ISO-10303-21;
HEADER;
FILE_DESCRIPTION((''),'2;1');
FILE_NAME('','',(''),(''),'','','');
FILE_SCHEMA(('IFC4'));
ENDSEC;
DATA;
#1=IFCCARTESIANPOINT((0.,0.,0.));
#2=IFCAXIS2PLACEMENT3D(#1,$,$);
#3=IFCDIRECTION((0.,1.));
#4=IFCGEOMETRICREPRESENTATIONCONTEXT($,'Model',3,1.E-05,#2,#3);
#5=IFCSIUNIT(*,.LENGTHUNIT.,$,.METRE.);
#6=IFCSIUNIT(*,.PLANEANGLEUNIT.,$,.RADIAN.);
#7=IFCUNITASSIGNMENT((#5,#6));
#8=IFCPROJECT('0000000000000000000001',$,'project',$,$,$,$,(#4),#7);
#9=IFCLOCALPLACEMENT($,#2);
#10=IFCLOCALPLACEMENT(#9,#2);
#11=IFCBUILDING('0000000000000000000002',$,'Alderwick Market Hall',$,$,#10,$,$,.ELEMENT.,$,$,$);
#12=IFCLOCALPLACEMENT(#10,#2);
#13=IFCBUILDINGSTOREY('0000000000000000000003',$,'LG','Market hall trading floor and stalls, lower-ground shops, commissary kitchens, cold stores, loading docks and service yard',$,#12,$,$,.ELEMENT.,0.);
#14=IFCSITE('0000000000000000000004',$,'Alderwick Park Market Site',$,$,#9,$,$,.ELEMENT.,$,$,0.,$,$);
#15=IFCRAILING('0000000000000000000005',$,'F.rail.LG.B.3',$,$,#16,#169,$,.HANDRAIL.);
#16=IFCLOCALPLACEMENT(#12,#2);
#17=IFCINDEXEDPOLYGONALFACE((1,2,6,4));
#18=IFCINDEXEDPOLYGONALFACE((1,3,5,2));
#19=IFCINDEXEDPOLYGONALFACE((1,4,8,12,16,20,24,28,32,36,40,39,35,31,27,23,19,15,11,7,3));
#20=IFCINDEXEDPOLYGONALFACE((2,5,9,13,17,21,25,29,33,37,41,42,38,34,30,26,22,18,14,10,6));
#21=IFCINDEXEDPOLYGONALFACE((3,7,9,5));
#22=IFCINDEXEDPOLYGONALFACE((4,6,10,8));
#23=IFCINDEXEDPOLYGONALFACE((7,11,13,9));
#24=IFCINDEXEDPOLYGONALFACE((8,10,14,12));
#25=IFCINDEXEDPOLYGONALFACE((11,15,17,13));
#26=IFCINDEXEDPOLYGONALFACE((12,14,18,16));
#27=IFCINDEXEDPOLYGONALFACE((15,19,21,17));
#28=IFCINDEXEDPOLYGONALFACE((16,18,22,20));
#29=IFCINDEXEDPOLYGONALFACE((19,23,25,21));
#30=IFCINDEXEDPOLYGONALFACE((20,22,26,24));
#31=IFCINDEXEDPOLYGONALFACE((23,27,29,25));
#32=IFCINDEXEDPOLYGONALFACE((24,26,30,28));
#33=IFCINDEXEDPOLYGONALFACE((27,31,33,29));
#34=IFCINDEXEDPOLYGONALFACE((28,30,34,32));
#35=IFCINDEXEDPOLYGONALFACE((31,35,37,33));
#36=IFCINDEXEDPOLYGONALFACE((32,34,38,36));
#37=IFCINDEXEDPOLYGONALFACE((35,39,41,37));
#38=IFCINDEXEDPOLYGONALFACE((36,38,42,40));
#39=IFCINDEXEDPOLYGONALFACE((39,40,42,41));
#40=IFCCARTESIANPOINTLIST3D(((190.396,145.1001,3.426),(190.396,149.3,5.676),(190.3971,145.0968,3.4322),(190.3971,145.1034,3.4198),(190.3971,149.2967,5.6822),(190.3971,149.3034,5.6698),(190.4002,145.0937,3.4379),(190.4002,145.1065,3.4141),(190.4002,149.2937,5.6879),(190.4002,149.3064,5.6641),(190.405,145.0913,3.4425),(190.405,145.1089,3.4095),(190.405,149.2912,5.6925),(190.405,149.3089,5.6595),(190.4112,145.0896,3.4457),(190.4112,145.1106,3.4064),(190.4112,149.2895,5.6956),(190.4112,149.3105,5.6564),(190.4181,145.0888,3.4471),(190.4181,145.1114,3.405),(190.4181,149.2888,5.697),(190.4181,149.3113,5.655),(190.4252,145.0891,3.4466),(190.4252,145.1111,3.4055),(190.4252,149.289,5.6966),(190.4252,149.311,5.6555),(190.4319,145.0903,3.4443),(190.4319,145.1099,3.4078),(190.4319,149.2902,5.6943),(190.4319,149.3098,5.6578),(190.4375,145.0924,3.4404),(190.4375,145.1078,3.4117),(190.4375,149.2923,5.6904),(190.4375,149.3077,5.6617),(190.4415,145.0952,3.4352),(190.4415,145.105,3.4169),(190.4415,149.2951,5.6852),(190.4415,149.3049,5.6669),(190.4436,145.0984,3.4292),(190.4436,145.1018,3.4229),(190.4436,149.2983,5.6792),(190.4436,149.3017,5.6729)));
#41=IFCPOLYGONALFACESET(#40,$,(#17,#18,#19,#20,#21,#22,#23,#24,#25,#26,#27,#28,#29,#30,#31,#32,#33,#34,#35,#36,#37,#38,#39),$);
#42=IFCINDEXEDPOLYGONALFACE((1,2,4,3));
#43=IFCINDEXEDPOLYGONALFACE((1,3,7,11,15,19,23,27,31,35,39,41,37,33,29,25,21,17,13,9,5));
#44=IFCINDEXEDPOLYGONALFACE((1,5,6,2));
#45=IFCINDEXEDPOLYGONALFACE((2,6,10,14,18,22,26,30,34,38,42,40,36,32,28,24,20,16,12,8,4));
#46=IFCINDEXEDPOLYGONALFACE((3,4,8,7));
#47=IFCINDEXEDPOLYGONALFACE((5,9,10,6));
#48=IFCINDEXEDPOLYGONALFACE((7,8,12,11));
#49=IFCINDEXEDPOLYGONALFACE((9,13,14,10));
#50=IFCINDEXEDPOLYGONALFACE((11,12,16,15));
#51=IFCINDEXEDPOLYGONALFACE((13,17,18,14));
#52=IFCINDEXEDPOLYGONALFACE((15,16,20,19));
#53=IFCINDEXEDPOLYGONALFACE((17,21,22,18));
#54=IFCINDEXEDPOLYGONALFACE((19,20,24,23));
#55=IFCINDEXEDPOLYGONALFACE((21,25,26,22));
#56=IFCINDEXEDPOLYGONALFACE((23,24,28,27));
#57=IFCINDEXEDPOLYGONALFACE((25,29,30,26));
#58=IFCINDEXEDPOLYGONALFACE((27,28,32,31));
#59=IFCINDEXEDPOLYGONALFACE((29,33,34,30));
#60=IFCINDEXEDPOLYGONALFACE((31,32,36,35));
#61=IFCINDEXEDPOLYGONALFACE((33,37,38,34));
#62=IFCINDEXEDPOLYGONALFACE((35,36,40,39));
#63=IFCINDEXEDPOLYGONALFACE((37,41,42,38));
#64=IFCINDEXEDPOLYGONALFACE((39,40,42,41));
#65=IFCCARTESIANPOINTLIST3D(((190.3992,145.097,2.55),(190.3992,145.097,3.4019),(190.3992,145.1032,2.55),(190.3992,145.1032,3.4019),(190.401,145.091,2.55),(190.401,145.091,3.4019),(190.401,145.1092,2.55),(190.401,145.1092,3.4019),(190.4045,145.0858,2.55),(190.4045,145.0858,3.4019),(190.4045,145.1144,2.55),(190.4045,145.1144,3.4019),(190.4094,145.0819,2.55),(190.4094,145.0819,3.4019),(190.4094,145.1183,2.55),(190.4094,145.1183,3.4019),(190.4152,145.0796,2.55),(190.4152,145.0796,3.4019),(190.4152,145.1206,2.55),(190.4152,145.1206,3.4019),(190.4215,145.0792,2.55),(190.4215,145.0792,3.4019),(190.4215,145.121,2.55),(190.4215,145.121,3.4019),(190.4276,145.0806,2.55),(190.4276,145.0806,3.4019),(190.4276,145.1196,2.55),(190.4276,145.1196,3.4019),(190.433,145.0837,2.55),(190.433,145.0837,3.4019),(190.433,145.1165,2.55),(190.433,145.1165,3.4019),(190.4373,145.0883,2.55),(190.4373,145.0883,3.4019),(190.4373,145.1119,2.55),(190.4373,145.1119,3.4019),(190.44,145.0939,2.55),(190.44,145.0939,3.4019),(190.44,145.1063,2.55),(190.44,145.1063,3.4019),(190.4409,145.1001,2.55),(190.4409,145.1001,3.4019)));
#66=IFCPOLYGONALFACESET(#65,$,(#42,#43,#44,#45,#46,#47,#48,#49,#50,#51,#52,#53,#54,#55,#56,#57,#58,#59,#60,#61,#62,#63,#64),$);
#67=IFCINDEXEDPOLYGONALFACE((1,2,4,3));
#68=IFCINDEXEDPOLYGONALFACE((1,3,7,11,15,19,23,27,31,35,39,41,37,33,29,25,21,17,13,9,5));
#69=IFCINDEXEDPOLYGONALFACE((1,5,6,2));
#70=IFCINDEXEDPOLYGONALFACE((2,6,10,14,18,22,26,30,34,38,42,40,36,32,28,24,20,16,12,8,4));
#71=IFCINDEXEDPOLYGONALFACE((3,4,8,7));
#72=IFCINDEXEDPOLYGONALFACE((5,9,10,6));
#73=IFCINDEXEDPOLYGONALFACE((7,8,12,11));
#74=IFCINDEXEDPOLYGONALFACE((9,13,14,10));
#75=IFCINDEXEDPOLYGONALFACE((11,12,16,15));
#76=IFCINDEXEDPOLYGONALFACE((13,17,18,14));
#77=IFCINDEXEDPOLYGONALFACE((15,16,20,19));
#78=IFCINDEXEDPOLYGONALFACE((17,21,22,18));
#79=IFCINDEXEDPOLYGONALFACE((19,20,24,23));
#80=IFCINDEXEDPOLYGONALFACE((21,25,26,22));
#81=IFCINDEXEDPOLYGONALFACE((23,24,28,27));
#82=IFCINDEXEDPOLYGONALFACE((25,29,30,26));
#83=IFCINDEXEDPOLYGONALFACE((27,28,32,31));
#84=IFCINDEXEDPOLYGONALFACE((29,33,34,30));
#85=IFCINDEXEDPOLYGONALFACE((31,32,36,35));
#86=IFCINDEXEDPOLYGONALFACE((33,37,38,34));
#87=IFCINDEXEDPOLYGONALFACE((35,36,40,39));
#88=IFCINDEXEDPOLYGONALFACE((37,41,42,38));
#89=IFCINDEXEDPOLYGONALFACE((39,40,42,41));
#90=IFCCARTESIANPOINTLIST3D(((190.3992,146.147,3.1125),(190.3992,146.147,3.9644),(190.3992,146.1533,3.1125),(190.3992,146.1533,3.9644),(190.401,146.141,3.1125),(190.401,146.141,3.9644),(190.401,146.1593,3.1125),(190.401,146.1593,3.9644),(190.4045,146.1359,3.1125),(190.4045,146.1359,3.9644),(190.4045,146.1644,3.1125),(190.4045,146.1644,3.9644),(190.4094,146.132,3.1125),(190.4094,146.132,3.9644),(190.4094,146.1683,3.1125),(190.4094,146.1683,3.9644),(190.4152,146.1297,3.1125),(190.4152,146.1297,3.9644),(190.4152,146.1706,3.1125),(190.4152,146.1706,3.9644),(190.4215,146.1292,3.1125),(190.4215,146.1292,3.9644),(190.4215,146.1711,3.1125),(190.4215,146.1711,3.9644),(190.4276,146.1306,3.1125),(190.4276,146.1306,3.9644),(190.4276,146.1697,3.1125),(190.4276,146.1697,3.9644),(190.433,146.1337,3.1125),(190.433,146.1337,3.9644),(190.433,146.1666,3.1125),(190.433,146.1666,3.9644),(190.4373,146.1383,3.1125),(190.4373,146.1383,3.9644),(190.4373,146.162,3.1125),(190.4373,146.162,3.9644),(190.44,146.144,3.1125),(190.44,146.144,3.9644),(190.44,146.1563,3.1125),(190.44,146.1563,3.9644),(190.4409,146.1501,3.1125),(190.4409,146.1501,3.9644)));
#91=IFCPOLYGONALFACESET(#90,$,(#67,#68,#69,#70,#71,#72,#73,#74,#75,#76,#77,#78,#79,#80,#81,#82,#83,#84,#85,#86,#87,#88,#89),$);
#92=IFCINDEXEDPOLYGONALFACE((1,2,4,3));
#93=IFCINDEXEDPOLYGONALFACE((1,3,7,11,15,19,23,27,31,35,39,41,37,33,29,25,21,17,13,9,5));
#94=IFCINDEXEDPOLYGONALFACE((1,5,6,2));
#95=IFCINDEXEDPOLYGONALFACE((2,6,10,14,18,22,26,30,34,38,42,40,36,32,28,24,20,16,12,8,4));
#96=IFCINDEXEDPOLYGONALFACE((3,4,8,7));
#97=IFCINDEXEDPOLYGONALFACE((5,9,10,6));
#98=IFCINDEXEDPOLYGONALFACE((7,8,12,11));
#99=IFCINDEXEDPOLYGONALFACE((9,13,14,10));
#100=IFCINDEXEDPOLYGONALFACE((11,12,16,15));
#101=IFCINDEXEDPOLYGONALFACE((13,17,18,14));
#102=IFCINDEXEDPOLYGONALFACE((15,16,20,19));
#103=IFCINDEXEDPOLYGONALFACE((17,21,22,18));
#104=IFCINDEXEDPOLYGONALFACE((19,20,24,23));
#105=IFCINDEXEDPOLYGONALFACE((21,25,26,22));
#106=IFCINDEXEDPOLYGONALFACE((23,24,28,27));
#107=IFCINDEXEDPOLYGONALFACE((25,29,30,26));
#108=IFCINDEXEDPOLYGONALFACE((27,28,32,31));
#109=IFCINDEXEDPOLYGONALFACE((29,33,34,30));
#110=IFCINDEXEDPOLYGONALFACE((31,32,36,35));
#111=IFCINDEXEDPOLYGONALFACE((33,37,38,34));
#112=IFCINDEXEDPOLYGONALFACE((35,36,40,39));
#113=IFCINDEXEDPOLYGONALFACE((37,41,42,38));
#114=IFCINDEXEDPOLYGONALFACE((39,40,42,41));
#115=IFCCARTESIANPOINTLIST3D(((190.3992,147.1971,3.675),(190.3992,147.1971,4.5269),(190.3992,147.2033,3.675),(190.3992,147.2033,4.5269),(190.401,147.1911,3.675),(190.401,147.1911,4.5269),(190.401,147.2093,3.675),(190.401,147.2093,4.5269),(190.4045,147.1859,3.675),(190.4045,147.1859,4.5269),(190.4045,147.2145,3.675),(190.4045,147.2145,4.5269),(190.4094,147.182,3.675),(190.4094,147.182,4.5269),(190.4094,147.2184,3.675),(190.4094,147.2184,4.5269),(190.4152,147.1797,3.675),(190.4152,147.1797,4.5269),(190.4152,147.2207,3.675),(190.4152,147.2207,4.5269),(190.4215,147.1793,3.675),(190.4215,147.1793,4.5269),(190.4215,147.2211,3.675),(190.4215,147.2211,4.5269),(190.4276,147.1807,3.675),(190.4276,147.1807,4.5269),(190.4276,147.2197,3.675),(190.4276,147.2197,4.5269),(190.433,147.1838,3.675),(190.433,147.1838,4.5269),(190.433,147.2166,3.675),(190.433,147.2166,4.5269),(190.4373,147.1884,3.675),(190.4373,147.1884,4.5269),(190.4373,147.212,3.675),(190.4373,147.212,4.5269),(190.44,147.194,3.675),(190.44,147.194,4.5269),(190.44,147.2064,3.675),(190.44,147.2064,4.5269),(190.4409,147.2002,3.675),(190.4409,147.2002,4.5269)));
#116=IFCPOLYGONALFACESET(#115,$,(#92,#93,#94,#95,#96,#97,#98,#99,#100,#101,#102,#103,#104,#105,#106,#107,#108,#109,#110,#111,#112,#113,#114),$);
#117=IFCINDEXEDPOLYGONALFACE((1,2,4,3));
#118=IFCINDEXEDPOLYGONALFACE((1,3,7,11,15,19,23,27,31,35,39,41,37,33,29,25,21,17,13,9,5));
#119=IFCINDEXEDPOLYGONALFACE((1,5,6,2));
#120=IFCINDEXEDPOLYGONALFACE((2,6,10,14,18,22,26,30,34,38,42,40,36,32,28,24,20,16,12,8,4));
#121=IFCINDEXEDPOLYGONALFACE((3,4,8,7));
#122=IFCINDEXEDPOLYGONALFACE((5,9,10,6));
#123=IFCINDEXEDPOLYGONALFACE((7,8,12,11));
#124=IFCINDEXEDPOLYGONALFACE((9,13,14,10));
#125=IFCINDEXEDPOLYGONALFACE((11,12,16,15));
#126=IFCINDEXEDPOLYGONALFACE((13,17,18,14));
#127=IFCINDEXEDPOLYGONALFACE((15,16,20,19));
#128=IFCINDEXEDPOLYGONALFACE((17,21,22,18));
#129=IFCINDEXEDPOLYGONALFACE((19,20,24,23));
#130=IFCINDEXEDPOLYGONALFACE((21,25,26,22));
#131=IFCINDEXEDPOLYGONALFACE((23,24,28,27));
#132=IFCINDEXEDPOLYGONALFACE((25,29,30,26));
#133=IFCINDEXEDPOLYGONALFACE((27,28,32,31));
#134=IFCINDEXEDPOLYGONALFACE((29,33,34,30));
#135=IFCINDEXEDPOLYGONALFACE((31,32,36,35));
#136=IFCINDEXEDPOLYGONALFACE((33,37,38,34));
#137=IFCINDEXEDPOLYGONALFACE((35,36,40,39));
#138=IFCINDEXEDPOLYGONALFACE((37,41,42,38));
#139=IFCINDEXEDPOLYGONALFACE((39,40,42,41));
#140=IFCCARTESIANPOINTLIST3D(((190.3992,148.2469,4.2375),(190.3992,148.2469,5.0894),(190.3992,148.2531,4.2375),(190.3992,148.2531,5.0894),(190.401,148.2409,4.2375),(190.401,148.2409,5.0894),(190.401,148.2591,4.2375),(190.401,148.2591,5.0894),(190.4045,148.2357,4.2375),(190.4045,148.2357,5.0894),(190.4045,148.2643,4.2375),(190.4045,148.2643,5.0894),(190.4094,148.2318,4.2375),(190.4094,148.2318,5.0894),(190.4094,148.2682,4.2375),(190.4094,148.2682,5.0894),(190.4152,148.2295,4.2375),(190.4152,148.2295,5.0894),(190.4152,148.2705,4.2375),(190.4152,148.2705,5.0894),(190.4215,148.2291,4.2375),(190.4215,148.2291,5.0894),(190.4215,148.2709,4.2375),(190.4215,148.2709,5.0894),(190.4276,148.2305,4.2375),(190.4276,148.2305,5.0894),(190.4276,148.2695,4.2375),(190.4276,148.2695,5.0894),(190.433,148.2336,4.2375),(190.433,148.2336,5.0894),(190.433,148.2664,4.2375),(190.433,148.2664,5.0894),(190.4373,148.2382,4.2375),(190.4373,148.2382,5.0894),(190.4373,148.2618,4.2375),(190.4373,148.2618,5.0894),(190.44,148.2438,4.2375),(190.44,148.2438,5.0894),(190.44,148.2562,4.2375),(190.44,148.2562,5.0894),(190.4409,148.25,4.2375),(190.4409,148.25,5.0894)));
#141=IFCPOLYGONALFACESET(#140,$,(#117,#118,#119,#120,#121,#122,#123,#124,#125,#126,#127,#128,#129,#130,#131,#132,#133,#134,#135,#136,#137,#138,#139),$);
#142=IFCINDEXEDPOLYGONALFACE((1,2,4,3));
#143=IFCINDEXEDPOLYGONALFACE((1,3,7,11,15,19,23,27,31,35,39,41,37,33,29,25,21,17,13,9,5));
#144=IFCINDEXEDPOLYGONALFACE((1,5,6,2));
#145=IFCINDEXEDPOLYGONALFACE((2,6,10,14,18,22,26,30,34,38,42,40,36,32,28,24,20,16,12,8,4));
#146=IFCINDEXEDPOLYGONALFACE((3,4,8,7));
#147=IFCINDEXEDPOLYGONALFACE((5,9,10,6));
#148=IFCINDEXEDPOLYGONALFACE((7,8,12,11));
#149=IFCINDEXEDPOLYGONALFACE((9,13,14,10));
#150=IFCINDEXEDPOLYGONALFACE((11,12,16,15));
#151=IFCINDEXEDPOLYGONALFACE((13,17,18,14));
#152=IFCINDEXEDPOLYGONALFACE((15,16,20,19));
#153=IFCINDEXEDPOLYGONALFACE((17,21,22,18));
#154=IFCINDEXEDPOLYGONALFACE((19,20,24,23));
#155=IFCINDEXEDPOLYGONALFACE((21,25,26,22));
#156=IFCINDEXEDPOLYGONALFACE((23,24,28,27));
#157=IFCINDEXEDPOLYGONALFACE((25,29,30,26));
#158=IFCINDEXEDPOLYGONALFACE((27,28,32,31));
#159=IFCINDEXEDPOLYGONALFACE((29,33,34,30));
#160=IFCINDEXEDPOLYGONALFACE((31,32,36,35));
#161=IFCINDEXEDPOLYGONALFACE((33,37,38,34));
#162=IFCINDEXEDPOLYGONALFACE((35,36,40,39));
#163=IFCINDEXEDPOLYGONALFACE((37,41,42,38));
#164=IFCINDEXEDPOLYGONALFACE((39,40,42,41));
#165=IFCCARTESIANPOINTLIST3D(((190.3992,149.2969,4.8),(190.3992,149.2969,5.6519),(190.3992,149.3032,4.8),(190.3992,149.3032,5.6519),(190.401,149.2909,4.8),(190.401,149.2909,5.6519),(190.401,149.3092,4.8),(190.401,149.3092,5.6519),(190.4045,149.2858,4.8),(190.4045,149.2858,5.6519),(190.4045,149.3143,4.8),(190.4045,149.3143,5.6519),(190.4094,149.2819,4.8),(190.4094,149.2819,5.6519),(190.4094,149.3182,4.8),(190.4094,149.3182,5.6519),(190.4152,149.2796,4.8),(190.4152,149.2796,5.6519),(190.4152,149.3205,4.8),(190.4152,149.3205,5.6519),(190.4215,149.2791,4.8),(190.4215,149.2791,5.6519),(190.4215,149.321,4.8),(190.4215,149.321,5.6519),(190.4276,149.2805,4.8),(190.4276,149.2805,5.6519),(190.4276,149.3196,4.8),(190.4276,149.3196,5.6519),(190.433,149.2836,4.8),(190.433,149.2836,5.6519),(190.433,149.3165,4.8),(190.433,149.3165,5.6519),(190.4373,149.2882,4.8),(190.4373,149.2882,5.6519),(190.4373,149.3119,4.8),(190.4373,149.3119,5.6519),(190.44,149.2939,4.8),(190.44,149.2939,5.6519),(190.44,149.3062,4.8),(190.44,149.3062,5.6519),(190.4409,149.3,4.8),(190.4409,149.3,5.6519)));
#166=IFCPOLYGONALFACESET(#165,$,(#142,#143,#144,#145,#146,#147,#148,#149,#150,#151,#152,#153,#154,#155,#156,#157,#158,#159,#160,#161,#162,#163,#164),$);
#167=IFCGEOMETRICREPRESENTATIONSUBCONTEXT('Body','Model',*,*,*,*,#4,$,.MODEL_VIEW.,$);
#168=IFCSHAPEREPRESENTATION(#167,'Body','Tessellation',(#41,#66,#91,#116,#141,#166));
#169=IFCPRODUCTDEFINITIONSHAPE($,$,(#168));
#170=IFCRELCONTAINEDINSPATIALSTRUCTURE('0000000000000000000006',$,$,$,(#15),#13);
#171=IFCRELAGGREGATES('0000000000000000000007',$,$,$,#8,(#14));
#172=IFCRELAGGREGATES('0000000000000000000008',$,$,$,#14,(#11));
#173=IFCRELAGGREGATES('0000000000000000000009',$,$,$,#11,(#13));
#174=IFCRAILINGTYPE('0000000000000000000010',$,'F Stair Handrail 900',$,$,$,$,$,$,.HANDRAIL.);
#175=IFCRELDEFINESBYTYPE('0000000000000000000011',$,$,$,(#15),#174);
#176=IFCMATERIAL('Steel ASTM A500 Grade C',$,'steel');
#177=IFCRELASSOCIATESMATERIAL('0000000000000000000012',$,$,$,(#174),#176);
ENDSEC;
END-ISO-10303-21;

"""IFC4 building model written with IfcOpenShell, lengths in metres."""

from ifc_helpers import new_model, si_unit, direction, frame, origin, origin_2d, place, context, subcontext, project, spatial, circle, extrude, material, type_object, element, save


model = new_model("IFC4")

# Units and contexts
model_context = context("Model", 3, precision=1e-05, world=origin(), true_north=direction((0.0, 1.0)))
body_context = subcontext(model_context, "Body", "Model", "MODEL_VIEW")
ifc_project = project(units=[si_unit("LENGTHUNIT", "METRE"), si_unit("PLANEANGLEUNIT", "RADIAN")], contexts=[model_context])

# Site, building, storey
site_placement = place(None, origin())
site = spatial("IfcSite", under=ifc_project, at=site_placement, Name="Alderwick Park Market Site", CompositionType="ELEMENT", RefElevation=0.0)
building_placement = place(site_placement, origin())
building = spatial("IfcBuilding", under=site, at=building_placement, Name="Alderwick Market Hall", CompositionType="ELEMENT")
storey_placement = place(building_placement, origin())
storey = spatial("IfcBuildingStorey", under=building, at=storey_placement, Name="LG", Description="Market hall trading floor and stalls, lower-ground shops, commissary kitchens, cold stores, loading docks and service yard", CompositionType="ELEMENT", Elevation=0.0)

# Railing
ifc_material_1 = material(Name="Steel ASTM A500 Grade C", Category="steel")
railing_type = type_object("IfcRailingType", Name="F Stair Handrail 900", PredefinedType="HANDRAIL", material=ifc_material_1)
for number, where, name in (
    (1, (190.4199, 145.1001, 2.55), "F.rail.LG.B.3"),
):
    element("IfcRailing", number, at=place(storey_placement, frame(where)), inside=storey, type_object=railing_type, Name=name, PredefinedType="HANDRAIL", context=body_context, shape_type="SweptSolid", body=[
        extrude(circle(Radius=0.0239, at=origin_2d()), frame((0.0, 0.0, 0.876), z_axis=(0.0, 0.881478, 0.472226), x_axis=(-1.0, 0.0, 0.0)), (0.0, 0.0, 1.0), 4.7646),
        extrude(circle(Radius=0.021, at=origin_2d()), origin(), (0.0, 0.0, 1.0), 0.8518),
        extrude(circle(Radius=0.021, at=origin_2d()), frame((0.0, 1.05, 0.5625)), (0.0, 0.0, 1.0), 0.8518),
        extrude(circle(Radius=0.021, at=origin_2d()), frame((0.0, 2.1001, 1.125)), (0.0, 0.0, 1.0), 0.8518),
        extrude(circle(Radius=0.021, at=origin_2d()), frame((0.0, 3.1499, 1.6875)), (0.0, 0.0, 1.0), 0.8518),
        extrude(circle(Radius=0.021, at=origin_2d()), frame((0.0, 4.2, 2.25)), (0.0, 0.0, 1.0), 0.8518),
    ])

save(model, "model.ifc")
